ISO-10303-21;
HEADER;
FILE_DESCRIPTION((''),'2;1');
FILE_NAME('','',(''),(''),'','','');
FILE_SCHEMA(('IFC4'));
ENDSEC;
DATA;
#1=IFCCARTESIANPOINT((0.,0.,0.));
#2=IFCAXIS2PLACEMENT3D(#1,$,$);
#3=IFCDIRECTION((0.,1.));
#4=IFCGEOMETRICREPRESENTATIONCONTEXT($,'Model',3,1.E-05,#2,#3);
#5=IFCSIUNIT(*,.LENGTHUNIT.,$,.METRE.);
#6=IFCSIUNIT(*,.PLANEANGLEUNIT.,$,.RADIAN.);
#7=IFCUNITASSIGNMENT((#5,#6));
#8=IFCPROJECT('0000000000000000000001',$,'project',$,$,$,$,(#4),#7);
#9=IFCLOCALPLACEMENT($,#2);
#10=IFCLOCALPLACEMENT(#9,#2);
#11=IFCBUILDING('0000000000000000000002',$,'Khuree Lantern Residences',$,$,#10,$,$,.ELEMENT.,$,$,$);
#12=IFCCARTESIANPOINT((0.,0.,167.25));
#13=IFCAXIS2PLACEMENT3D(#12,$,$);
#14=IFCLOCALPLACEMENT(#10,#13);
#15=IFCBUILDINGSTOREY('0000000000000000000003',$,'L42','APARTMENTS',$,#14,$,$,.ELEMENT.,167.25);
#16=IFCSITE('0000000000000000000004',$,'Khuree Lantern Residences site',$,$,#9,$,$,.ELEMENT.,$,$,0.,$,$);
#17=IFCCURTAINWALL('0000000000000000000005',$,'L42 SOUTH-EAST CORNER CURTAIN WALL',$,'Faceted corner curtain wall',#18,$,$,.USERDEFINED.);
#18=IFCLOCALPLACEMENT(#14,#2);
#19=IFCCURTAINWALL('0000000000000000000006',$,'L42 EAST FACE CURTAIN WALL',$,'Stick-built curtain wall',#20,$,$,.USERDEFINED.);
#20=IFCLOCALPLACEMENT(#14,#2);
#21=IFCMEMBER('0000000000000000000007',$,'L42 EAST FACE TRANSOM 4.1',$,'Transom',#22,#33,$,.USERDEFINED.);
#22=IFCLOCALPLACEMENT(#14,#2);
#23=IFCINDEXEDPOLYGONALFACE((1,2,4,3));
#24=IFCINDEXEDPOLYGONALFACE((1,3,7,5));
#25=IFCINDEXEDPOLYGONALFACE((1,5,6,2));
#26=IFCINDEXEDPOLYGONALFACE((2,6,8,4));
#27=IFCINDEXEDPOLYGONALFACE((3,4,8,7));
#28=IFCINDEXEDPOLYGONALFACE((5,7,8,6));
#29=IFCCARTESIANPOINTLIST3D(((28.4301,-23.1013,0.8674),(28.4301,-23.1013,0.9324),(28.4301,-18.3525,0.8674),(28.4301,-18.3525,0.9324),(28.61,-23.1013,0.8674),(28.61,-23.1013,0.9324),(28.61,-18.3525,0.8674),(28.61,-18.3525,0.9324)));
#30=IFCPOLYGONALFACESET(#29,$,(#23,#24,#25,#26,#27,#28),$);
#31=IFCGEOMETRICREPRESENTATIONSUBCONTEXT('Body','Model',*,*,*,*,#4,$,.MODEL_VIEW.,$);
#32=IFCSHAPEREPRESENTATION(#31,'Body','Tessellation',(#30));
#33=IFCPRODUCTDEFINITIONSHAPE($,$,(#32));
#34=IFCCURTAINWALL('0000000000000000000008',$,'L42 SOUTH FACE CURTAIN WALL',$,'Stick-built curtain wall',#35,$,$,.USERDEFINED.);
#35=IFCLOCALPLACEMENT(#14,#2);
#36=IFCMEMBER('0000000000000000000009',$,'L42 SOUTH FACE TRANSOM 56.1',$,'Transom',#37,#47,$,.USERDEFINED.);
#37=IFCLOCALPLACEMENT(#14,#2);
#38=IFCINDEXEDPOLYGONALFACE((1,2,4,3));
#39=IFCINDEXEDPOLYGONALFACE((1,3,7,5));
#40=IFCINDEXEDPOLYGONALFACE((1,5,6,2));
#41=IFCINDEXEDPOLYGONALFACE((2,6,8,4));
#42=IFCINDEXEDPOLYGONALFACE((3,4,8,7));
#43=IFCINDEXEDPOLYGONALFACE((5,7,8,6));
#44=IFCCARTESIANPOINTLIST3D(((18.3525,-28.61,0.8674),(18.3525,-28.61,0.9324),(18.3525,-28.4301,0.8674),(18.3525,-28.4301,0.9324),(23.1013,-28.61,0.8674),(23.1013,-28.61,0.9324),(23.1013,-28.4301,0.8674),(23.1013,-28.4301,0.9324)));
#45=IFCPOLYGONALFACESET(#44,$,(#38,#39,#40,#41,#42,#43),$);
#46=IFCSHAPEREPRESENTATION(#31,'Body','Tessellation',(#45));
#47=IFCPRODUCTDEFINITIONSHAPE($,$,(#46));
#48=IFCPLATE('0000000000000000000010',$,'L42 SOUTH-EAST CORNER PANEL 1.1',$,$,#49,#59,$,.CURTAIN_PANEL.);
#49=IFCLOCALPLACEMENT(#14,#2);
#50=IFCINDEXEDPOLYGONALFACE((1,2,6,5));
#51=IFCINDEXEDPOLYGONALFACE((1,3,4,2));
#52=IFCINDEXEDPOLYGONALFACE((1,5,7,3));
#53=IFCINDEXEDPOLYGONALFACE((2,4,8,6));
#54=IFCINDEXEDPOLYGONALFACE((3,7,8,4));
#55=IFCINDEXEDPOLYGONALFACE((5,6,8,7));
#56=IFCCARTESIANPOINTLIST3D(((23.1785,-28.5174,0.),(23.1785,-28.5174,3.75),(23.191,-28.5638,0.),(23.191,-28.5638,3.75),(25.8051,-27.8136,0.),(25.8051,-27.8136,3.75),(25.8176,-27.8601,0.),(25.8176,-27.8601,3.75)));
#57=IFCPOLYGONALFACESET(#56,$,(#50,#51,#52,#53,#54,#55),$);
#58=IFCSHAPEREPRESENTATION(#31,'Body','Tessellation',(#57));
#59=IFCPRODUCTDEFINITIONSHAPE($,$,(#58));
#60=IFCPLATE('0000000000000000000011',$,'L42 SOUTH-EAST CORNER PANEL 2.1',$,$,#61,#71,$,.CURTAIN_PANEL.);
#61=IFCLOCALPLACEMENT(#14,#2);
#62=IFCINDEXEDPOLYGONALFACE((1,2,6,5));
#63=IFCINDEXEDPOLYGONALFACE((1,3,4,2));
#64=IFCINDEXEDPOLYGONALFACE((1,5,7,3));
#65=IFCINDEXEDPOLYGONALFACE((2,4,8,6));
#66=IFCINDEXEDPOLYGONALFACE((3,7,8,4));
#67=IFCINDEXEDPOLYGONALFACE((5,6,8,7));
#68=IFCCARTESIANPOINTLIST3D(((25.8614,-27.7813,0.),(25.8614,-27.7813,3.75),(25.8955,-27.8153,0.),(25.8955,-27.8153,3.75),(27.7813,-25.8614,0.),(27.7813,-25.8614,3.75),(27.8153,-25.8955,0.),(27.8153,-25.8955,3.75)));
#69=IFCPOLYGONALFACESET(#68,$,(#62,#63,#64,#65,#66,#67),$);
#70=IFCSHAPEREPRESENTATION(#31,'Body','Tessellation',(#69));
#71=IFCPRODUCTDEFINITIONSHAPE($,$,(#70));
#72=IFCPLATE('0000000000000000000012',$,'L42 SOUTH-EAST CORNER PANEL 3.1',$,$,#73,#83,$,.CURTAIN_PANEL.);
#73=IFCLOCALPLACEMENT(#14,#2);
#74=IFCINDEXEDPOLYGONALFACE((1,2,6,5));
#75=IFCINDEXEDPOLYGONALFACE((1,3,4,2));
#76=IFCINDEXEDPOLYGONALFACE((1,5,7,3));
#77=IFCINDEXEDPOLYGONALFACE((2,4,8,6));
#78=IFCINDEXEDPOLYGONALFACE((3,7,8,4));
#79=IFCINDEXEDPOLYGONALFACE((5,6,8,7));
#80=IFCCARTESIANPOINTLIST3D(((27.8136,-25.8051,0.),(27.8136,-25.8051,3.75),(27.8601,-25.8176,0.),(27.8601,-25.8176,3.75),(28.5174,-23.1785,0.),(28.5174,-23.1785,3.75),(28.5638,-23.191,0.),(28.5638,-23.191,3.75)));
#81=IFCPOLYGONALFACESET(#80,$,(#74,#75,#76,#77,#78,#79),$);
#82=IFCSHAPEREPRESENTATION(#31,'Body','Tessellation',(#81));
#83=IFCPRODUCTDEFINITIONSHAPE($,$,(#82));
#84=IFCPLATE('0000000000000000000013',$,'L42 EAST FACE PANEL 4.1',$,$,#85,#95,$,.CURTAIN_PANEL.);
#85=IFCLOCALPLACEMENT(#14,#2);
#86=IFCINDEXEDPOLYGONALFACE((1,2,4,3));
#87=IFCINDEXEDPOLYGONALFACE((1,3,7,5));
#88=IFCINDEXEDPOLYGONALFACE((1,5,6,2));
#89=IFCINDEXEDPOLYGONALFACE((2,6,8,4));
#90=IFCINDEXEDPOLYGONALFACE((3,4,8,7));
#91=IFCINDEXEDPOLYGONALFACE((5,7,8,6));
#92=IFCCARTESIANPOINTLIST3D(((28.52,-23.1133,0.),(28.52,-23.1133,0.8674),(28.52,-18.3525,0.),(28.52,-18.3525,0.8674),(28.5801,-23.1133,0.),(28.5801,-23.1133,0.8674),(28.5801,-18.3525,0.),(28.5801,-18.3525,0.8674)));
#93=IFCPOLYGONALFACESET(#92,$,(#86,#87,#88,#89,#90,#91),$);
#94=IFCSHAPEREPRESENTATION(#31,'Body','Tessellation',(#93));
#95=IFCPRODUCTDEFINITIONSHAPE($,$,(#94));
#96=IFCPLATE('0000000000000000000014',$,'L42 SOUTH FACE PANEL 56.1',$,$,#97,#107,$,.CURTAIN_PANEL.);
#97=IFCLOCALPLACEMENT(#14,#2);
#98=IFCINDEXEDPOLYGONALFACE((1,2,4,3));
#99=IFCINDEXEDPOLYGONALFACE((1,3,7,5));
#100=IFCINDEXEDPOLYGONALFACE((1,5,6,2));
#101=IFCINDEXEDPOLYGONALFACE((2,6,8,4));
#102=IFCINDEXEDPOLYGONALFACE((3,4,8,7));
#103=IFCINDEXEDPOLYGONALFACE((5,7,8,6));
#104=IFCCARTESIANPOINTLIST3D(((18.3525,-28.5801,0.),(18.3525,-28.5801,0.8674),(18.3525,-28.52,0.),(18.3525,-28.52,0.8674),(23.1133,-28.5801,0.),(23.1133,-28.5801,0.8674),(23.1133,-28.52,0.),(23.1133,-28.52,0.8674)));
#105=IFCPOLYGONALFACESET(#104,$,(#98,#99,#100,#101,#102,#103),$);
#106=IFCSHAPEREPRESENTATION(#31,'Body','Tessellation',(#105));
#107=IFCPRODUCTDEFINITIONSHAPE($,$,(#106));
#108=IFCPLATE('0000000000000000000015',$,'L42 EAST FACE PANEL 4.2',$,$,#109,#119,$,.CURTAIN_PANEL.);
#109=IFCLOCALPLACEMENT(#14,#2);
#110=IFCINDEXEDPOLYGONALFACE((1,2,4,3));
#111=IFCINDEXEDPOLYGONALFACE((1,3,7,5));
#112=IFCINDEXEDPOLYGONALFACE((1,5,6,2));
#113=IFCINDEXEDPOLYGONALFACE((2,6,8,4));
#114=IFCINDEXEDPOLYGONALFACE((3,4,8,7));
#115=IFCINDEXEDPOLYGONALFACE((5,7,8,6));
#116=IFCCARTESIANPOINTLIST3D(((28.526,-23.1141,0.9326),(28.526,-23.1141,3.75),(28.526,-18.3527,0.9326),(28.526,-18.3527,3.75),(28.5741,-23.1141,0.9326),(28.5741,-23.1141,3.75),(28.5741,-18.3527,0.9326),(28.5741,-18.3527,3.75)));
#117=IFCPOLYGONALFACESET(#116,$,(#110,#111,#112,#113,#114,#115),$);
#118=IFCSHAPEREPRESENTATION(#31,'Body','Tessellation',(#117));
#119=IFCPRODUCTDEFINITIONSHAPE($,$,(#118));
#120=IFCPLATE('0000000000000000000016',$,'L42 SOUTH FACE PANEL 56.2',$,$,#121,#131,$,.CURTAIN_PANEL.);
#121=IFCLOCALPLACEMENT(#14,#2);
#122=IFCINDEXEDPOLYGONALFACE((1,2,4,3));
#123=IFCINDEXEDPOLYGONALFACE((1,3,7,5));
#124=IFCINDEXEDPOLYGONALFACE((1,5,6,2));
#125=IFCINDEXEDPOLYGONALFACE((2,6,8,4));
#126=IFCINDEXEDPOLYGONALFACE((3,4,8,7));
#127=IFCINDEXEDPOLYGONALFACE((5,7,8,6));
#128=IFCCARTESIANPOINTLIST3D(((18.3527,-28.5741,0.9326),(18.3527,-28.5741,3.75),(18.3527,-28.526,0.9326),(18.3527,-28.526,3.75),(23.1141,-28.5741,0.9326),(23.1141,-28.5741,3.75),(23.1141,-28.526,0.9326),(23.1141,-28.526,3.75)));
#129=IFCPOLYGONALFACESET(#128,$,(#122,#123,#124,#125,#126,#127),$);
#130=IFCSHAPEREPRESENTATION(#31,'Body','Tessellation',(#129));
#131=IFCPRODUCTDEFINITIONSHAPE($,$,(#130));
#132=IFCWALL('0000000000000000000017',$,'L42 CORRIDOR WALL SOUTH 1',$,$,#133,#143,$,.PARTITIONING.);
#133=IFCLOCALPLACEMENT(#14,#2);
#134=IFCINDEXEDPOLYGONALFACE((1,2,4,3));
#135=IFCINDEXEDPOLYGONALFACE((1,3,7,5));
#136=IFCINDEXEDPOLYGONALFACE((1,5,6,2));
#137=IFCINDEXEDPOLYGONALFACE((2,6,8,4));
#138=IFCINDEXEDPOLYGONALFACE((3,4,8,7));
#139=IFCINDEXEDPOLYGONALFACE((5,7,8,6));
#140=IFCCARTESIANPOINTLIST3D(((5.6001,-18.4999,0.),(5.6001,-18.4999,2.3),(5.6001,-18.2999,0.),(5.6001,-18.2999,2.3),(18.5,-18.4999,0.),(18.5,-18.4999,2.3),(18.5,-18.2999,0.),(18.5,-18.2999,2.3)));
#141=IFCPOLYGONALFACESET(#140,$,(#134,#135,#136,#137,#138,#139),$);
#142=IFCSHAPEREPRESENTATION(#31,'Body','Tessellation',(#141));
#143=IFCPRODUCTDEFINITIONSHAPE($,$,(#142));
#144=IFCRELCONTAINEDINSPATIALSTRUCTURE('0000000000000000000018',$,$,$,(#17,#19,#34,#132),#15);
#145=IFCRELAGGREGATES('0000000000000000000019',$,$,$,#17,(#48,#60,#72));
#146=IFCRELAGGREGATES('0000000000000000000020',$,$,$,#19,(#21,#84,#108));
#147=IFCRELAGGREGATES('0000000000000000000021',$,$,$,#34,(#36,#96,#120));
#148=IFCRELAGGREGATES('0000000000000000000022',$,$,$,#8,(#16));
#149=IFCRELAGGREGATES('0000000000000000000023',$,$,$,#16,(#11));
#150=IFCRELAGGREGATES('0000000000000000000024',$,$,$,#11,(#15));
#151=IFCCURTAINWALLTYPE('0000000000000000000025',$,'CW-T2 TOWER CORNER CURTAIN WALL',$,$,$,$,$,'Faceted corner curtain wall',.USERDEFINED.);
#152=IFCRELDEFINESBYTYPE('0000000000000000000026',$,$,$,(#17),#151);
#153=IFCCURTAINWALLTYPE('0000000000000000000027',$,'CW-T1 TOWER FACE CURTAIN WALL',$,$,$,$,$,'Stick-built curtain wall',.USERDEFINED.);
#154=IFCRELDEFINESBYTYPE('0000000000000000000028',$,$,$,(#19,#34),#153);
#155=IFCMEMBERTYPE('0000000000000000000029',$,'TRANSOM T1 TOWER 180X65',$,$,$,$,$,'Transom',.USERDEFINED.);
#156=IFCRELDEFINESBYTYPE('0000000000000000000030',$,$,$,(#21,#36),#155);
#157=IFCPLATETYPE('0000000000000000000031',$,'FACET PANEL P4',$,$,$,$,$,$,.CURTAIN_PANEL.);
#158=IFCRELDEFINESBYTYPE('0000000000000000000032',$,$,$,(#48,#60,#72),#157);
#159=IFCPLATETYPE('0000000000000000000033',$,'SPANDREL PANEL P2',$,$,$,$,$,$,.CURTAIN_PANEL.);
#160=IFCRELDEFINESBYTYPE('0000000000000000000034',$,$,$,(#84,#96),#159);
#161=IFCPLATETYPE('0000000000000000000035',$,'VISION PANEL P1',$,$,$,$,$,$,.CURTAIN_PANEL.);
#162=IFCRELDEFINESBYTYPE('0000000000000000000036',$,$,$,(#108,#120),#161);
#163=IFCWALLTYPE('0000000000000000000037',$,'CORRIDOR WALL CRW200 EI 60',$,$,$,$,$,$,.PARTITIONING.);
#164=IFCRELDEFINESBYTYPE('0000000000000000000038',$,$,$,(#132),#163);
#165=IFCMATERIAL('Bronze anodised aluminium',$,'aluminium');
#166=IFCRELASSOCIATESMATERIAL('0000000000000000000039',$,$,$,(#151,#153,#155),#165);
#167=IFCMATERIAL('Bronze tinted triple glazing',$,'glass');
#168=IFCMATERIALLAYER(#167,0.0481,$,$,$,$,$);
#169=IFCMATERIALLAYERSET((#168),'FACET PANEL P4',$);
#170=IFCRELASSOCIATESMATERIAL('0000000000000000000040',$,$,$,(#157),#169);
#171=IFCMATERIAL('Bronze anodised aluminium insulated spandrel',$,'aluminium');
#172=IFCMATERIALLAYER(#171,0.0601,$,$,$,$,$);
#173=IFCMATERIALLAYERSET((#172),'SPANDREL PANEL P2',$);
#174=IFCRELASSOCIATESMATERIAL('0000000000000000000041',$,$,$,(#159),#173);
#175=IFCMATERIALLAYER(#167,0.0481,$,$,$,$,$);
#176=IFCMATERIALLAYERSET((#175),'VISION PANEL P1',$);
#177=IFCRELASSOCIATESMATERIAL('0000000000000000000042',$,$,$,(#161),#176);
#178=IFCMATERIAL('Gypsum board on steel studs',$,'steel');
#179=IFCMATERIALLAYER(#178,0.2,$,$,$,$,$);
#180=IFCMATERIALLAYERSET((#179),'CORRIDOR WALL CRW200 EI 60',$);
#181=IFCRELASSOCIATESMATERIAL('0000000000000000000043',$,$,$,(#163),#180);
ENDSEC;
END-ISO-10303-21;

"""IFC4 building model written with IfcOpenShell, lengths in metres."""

from ifc_helpers import new_model, si_unit, direction, frame, frame_2d, origin, origin_2d, place, context, subcontext, project, spatial, rectangle, extrude, material, layer, layer_set, material_profile, profile_set, type_object, element, aggregate, save


model = new_model("IFC4")

# Units and contexts
model_context = context("Model", 3, precision=1e-05, world=origin(), true_north=direction((0.0, 1.0)))
body_context = subcontext(model_context, "Body", "Model", "MODEL_VIEW")
ifc_project = project(units=[si_unit("LENGTHUNIT", "METRE"), si_unit("PLANEANGLEUNIT", "RADIAN")], contexts=[model_context])

# Site, building, storey
site_placement = place(None, origin())
site = spatial("IfcSite", under=ifc_project, at=site_placement, Name="Khuree Lantern Residences site", CompositionType="ELEMENT", RefElevation=0.0)
building_placement = place(site_placement, origin())
building = spatial("IfcBuilding", under=site, at=building_placement, Name="Khuree Lantern Residences", CompositionType="ELEMENT")
storey_placement = place(building_placement, frame((0.0, 0.0, 167.25)))
storey = spatial("IfcBuildingStorey", under=building, at=storey_placement, Name="L42", Description="APARTMENTS", CompositionType="ELEMENT", Elevation=167.25)

# Curtain walls
ifc_material_1 = material(Name="Bronze anodised aluminium", Category="aluminium")
curtain_wall_type_1 = type_object("IfcCurtainWallType", Name="CW-T2 TOWER CORNER CURTAIN WALL", ElementType="Faceted corner curtain wall", PredefinedType="USERDEFINED", material=ifc_material_1)
curtain_wall_1_placement = place(storey_placement, origin())
curtain_wall_1 = element("IfcCurtainWall", 1, at=curtain_wall_1_placement, inside=storey, type_object=curtain_wall_type_1, Name="L42 SOUTH-EAST CORNER CURTAIN WALL", ObjectType="Faceted corner curtain wall", PredefinedType="USERDEFINED")
curtain_wall_type_2 = type_object("IfcCurtainWallType", Name="CW-T1 TOWER FACE CURTAIN WALL", ElementType="Stick-built curtain wall", PredefinedType="USERDEFINED", material=ifc_material_1)
curtain_wall_2_placement = place(storey_placement, origin())
curtain_wall_2 = element("IfcCurtainWall", 2, at=curtain_wall_2_placement, inside=storey, type_object=curtain_wall_type_2, Name="L42 EAST FACE CURTAIN WALL", ObjectType="Stick-built curtain wall", PredefinedType="USERDEFINED")

# Member
ifc_material_profile_1 = material_profile(ifc_material_1, rectangle(XDim=0.1799, YDim=0.0649, at=origin_2d()), Name="T1 180X65")
ifc_profile_set_1 = profile_set([ifc_material_profile_1], Name="Bronze anodised aluminium")
member_type_1 = type_object("IfcMemberType", Name="TRANSOM T1 TOWER 180X65", ElementType="Transom", PredefinedType="USERDEFINED", material=ifc_profile_set_1)
member_1_placement = place(storey_placement, frame((28.52, -23.1013, 0.8999), z_axis=(0.0, 1.0, 0.0), x_axis=(-1.0, 0.0, 0.0)))
member_1 = element("IfcMember", 3, at=member_1_placement, type_object=member_type_1, Name="L42 EAST FACE TRANSOM 4.1", ObjectType="Transom", PredefinedType="USERDEFINED", context=body_context, shape_type="SweptSolid", body=[
    extrude(rectangle(XDim=0.1799, YDim=0.0649, at=origin_2d()), origin(), (0.0, 0.0, 1.0), 4.7488),
])

# Curtain wall, member
curtain_wall_3_placement = place(storey_placement, origin())
curtain_wall_3 = element("IfcCurtainWall", 4, at=curtain_wall_3_placement, inside=storey, type_object=curtain_wall_type_2, Name="L42 SOUTH FACE CURTAIN WALL", ObjectType="Stick-built curtain wall", PredefinedType="USERDEFINED")
member_2_placement = place(storey_placement, frame((18.3525, -28.52, 0.8999), z_axis=(1.0, 0.0, 0.0), x_axis=(0.0, 1.0, 0.0)))
member_2 = element("IfcMember", 5, at=member_2_placement, type_object=member_type_1, Name="L42 SOUTH FACE TRANSOM 56.1", ObjectType="Transom", PredefinedType="USERDEFINED", context=body_context, shape_type="SweptSolid", body=[
    extrude(rectangle(XDim=0.1799, YDim=0.0649, at=origin_2d()), origin(), (0.0, 0.0, 1.0), 4.7488),
])

# Plates
ifc_material_2 = material(Name="Bronze tinted triple glazing", Category="glass")
ifc_layer_1 = layer(ifc_material_2, 0.0481)
ifc_layer_set_1 = layer_set([ifc_layer_1], Name="FACET PANEL P4")
plate_type_1 = type_object("IfcPlateType", Name="FACET PANEL P4", PredefinedType="CURTAIN_PANEL", material=ifc_layer_set_1)
plate_1_placement = place(storey_placement, frame((24.498, -28.1887, 0.0), z_axis=(0.0, 0.0, 1.0), x_axis=(0.965926, 0.258819, 0.0)))
plate_1 = element("IfcPlate", 6, at=plate_1_placement, type_object=plate_type_1, Name="L42 SOUTH-EAST CORNER PANEL 1.1", PredefinedType="CURTAIN_PANEL", context=body_context, shape_type="SweptSolid", body=[
    extrude(rectangle(XDim=2.7192, YDim=0.0481, at=origin_2d()), origin(), (0.0, 0.0, 1.0), 3.75),
])
plate_2_placement = place(storey_placement, frame((26.8384, -26.8384, 0.0), z_axis=(0.0, 0.0, 1.0), x_axis=(0.707107, 0.707107, 0.0)))
plate_2 = element("IfcPlate", 7, at=plate_2_placement, type_object=plate_type_1, Name="L42 SOUTH-EAST CORNER PANEL 2.1", PredefinedType="CURTAIN_PANEL", context=body_context, shape_type="SweptSolid", body=[
    extrude(rectangle(XDim=2.7151, YDim=0.0481, at=origin_2d()), origin(), (0.0, 0.0, 1.0), 3.75),
])
plate_3_placement = place(storey_placement, frame((28.1887, -24.498, 0.0), z_axis=(0.0, 0.0, 1.0), x_axis=(0.258819, 0.965926, 0.0)))
plate_3 = element("IfcPlate", 8, at=plate_3_placement, type_object=plate_type_1, Name="L42 SOUTH-EAST CORNER PANEL 3.1", PredefinedType="CURTAIN_PANEL", context=body_context, shape_type="SweptSolid", body=[
    extrude(rectangle(XDim=2.7192, YDim=0.0481, at=origin_2d()), origin(), (0.0, 0.0, 1.0), 3.75),
])
aggregate(curtain_wall_1, [plate_1, plate_2, plate_3])
ifc_material_3 = material(Name="Bronze anodised aluminium insulated spandrel", Category="aluminium")
ifc_layer_2 = layer(ifc_material_3, 0.0601)
ifc_layer_set_2 = layer_set([ifc_layer_2], Name="SPANDREL PANEL P2")
plate_type_2 = type_object("IfcPlateType", Name="SPANDREL PANEL P2", PredefinedType="CURTAIN_PANEL", material=ifc_layer_set_2)
plate_4_placement = place(storey_placement, frame((28.55, -20.7329, 0.0), z_axis=(0.0, 0.0, 1.0), x_axis=(0.0, 1.0, 0.0)))
plate_4 = element("IfcPlate", 9, at=plate_4_placement, type_object=plate_type_2, Name="L42 EAST FACE PANEL 4.1", PredefinedType="CURTAIN_PANEL", context=body_context, shape_type="SweptSolid", body=[
    extrude(rectangle(XDim=4.7607, YDim=0.0601, at=origin_2d()), origin(), (0.0, 0.0, 1.0), 0.8674),
])
plate_5_placement = place(storey_placement, frame((20.7329, -28.55, 0.0), z_axis=(0.0, 0.0, 1.0), x_axis=(1.0, 0.0, 0.0)))
plate_5 = element("IfcPlate", 10, at=plate_5_placement, type_object=plate_type_2, Name="L42 SOUTH FACE PANEL 56.1", PredefinedType="CURTAIN_PANEL", context=body_context, shape_type="SweptSolid", body=[
    extrude(rectangle(XDim=4.7607, YDim=0.0601, at=origin_2d()), origin(), (0.0, 0.0, 1.0), 0.8674),
])
ifc_layer_3 = layer(ifc_material_2, 0.0481)
ifc_layer_set_3 = layer_set([ifc_layer_3], Name="VISION PANEL P1")
plate_type_3 = type_object("IfcPlateType", Name="VISION PANEL P1", PredefinedType="CURTAIN_PANEL", material=ifc_layer_set_3)
plate_6_placement = place(storey_placement, frame((28.55, -20.7334, 0.9326), z_axis=(0.0, 0.0, 1.0), x_axis=(0.0, 1.0, 0.0)))
plate_6 = element("IfcPlate", 11, at=plate_6_placement, type_object=plate_type_3, Name="L42 EAST FACE PANEL 4.2", PredefinedType="CURTAIN_PANEL", context=body_context, shape_type="SweptSolid", body=[
    extrude(rectangle(XDim=4.7615, YDim=0.0481, at=origin_2d()), origin(), (0.0, 0.0, 1.0), 2.8174),
])
aggregate(curtain_wall_2, [member_1, plate_4, plate_6])
plate_7_placement = place(storey_placement, frame((20.7334, -28.55, 0.9326), z_axis=(0.0, 0.0, 1.0), x_axis=(1.0, 0.0, 0.0)))
plate_7 = element("IfcPlate", 12, at=plate_7_placement, type_object=plate_type_3, Name="L42 SOUTH FACE PANEL 56.2", PredefinedType="CURTAIN_PANEL", context=body_context, shape_type="SweptSolid", body=[
    extrude(rectangle(XDim=4.7615, YDim=0.0481, at=origin_2d()), origin(), (0.0, 0.0, 1.0), 2.8174),
])
aggregate(curtain_wall_3, [member_2, plate_5, plate_7])

# Wall
ifc_material_4 = material(Name="Gypsum board on steel studs", Category="steel")
ifc_layer_4 = layer(ifc_material_4, 0.2)
ifc_layer_set_4 = layer_set([ifc_layer_4], Name="CORRIDOR WALL CRW200 EI 60")
wall_type = type_object("IfcWallType", Name="CORRIDOR WALL CRW200 EI 60", PredefinedType="PARTITIONING", material=ifc_layer_set_4)
wall_placement = place(storey_placement, frame((18.5, -18.3999, 0.0), z_axis=(0.0, 0.0, 1.0), x_axis=(-1.0, 0.0, 0.0)))
element("IfcWall", 13, at=wall_placement, inside=storey, type_object=wall_type, Name="L42 CORRIDOR WALL SOUTH 1", PredefinedType="PARTITIONING", context=body_context, shape_type="SweptSolid", body=[
    extrude(rectangle(XDim=12.8999, YDim=0.2, at=frame_2d((6.45, 0.0))), origin(), (0.0, 0.0, 1.0), 2.3),
])

save(model, "model.ifc")
